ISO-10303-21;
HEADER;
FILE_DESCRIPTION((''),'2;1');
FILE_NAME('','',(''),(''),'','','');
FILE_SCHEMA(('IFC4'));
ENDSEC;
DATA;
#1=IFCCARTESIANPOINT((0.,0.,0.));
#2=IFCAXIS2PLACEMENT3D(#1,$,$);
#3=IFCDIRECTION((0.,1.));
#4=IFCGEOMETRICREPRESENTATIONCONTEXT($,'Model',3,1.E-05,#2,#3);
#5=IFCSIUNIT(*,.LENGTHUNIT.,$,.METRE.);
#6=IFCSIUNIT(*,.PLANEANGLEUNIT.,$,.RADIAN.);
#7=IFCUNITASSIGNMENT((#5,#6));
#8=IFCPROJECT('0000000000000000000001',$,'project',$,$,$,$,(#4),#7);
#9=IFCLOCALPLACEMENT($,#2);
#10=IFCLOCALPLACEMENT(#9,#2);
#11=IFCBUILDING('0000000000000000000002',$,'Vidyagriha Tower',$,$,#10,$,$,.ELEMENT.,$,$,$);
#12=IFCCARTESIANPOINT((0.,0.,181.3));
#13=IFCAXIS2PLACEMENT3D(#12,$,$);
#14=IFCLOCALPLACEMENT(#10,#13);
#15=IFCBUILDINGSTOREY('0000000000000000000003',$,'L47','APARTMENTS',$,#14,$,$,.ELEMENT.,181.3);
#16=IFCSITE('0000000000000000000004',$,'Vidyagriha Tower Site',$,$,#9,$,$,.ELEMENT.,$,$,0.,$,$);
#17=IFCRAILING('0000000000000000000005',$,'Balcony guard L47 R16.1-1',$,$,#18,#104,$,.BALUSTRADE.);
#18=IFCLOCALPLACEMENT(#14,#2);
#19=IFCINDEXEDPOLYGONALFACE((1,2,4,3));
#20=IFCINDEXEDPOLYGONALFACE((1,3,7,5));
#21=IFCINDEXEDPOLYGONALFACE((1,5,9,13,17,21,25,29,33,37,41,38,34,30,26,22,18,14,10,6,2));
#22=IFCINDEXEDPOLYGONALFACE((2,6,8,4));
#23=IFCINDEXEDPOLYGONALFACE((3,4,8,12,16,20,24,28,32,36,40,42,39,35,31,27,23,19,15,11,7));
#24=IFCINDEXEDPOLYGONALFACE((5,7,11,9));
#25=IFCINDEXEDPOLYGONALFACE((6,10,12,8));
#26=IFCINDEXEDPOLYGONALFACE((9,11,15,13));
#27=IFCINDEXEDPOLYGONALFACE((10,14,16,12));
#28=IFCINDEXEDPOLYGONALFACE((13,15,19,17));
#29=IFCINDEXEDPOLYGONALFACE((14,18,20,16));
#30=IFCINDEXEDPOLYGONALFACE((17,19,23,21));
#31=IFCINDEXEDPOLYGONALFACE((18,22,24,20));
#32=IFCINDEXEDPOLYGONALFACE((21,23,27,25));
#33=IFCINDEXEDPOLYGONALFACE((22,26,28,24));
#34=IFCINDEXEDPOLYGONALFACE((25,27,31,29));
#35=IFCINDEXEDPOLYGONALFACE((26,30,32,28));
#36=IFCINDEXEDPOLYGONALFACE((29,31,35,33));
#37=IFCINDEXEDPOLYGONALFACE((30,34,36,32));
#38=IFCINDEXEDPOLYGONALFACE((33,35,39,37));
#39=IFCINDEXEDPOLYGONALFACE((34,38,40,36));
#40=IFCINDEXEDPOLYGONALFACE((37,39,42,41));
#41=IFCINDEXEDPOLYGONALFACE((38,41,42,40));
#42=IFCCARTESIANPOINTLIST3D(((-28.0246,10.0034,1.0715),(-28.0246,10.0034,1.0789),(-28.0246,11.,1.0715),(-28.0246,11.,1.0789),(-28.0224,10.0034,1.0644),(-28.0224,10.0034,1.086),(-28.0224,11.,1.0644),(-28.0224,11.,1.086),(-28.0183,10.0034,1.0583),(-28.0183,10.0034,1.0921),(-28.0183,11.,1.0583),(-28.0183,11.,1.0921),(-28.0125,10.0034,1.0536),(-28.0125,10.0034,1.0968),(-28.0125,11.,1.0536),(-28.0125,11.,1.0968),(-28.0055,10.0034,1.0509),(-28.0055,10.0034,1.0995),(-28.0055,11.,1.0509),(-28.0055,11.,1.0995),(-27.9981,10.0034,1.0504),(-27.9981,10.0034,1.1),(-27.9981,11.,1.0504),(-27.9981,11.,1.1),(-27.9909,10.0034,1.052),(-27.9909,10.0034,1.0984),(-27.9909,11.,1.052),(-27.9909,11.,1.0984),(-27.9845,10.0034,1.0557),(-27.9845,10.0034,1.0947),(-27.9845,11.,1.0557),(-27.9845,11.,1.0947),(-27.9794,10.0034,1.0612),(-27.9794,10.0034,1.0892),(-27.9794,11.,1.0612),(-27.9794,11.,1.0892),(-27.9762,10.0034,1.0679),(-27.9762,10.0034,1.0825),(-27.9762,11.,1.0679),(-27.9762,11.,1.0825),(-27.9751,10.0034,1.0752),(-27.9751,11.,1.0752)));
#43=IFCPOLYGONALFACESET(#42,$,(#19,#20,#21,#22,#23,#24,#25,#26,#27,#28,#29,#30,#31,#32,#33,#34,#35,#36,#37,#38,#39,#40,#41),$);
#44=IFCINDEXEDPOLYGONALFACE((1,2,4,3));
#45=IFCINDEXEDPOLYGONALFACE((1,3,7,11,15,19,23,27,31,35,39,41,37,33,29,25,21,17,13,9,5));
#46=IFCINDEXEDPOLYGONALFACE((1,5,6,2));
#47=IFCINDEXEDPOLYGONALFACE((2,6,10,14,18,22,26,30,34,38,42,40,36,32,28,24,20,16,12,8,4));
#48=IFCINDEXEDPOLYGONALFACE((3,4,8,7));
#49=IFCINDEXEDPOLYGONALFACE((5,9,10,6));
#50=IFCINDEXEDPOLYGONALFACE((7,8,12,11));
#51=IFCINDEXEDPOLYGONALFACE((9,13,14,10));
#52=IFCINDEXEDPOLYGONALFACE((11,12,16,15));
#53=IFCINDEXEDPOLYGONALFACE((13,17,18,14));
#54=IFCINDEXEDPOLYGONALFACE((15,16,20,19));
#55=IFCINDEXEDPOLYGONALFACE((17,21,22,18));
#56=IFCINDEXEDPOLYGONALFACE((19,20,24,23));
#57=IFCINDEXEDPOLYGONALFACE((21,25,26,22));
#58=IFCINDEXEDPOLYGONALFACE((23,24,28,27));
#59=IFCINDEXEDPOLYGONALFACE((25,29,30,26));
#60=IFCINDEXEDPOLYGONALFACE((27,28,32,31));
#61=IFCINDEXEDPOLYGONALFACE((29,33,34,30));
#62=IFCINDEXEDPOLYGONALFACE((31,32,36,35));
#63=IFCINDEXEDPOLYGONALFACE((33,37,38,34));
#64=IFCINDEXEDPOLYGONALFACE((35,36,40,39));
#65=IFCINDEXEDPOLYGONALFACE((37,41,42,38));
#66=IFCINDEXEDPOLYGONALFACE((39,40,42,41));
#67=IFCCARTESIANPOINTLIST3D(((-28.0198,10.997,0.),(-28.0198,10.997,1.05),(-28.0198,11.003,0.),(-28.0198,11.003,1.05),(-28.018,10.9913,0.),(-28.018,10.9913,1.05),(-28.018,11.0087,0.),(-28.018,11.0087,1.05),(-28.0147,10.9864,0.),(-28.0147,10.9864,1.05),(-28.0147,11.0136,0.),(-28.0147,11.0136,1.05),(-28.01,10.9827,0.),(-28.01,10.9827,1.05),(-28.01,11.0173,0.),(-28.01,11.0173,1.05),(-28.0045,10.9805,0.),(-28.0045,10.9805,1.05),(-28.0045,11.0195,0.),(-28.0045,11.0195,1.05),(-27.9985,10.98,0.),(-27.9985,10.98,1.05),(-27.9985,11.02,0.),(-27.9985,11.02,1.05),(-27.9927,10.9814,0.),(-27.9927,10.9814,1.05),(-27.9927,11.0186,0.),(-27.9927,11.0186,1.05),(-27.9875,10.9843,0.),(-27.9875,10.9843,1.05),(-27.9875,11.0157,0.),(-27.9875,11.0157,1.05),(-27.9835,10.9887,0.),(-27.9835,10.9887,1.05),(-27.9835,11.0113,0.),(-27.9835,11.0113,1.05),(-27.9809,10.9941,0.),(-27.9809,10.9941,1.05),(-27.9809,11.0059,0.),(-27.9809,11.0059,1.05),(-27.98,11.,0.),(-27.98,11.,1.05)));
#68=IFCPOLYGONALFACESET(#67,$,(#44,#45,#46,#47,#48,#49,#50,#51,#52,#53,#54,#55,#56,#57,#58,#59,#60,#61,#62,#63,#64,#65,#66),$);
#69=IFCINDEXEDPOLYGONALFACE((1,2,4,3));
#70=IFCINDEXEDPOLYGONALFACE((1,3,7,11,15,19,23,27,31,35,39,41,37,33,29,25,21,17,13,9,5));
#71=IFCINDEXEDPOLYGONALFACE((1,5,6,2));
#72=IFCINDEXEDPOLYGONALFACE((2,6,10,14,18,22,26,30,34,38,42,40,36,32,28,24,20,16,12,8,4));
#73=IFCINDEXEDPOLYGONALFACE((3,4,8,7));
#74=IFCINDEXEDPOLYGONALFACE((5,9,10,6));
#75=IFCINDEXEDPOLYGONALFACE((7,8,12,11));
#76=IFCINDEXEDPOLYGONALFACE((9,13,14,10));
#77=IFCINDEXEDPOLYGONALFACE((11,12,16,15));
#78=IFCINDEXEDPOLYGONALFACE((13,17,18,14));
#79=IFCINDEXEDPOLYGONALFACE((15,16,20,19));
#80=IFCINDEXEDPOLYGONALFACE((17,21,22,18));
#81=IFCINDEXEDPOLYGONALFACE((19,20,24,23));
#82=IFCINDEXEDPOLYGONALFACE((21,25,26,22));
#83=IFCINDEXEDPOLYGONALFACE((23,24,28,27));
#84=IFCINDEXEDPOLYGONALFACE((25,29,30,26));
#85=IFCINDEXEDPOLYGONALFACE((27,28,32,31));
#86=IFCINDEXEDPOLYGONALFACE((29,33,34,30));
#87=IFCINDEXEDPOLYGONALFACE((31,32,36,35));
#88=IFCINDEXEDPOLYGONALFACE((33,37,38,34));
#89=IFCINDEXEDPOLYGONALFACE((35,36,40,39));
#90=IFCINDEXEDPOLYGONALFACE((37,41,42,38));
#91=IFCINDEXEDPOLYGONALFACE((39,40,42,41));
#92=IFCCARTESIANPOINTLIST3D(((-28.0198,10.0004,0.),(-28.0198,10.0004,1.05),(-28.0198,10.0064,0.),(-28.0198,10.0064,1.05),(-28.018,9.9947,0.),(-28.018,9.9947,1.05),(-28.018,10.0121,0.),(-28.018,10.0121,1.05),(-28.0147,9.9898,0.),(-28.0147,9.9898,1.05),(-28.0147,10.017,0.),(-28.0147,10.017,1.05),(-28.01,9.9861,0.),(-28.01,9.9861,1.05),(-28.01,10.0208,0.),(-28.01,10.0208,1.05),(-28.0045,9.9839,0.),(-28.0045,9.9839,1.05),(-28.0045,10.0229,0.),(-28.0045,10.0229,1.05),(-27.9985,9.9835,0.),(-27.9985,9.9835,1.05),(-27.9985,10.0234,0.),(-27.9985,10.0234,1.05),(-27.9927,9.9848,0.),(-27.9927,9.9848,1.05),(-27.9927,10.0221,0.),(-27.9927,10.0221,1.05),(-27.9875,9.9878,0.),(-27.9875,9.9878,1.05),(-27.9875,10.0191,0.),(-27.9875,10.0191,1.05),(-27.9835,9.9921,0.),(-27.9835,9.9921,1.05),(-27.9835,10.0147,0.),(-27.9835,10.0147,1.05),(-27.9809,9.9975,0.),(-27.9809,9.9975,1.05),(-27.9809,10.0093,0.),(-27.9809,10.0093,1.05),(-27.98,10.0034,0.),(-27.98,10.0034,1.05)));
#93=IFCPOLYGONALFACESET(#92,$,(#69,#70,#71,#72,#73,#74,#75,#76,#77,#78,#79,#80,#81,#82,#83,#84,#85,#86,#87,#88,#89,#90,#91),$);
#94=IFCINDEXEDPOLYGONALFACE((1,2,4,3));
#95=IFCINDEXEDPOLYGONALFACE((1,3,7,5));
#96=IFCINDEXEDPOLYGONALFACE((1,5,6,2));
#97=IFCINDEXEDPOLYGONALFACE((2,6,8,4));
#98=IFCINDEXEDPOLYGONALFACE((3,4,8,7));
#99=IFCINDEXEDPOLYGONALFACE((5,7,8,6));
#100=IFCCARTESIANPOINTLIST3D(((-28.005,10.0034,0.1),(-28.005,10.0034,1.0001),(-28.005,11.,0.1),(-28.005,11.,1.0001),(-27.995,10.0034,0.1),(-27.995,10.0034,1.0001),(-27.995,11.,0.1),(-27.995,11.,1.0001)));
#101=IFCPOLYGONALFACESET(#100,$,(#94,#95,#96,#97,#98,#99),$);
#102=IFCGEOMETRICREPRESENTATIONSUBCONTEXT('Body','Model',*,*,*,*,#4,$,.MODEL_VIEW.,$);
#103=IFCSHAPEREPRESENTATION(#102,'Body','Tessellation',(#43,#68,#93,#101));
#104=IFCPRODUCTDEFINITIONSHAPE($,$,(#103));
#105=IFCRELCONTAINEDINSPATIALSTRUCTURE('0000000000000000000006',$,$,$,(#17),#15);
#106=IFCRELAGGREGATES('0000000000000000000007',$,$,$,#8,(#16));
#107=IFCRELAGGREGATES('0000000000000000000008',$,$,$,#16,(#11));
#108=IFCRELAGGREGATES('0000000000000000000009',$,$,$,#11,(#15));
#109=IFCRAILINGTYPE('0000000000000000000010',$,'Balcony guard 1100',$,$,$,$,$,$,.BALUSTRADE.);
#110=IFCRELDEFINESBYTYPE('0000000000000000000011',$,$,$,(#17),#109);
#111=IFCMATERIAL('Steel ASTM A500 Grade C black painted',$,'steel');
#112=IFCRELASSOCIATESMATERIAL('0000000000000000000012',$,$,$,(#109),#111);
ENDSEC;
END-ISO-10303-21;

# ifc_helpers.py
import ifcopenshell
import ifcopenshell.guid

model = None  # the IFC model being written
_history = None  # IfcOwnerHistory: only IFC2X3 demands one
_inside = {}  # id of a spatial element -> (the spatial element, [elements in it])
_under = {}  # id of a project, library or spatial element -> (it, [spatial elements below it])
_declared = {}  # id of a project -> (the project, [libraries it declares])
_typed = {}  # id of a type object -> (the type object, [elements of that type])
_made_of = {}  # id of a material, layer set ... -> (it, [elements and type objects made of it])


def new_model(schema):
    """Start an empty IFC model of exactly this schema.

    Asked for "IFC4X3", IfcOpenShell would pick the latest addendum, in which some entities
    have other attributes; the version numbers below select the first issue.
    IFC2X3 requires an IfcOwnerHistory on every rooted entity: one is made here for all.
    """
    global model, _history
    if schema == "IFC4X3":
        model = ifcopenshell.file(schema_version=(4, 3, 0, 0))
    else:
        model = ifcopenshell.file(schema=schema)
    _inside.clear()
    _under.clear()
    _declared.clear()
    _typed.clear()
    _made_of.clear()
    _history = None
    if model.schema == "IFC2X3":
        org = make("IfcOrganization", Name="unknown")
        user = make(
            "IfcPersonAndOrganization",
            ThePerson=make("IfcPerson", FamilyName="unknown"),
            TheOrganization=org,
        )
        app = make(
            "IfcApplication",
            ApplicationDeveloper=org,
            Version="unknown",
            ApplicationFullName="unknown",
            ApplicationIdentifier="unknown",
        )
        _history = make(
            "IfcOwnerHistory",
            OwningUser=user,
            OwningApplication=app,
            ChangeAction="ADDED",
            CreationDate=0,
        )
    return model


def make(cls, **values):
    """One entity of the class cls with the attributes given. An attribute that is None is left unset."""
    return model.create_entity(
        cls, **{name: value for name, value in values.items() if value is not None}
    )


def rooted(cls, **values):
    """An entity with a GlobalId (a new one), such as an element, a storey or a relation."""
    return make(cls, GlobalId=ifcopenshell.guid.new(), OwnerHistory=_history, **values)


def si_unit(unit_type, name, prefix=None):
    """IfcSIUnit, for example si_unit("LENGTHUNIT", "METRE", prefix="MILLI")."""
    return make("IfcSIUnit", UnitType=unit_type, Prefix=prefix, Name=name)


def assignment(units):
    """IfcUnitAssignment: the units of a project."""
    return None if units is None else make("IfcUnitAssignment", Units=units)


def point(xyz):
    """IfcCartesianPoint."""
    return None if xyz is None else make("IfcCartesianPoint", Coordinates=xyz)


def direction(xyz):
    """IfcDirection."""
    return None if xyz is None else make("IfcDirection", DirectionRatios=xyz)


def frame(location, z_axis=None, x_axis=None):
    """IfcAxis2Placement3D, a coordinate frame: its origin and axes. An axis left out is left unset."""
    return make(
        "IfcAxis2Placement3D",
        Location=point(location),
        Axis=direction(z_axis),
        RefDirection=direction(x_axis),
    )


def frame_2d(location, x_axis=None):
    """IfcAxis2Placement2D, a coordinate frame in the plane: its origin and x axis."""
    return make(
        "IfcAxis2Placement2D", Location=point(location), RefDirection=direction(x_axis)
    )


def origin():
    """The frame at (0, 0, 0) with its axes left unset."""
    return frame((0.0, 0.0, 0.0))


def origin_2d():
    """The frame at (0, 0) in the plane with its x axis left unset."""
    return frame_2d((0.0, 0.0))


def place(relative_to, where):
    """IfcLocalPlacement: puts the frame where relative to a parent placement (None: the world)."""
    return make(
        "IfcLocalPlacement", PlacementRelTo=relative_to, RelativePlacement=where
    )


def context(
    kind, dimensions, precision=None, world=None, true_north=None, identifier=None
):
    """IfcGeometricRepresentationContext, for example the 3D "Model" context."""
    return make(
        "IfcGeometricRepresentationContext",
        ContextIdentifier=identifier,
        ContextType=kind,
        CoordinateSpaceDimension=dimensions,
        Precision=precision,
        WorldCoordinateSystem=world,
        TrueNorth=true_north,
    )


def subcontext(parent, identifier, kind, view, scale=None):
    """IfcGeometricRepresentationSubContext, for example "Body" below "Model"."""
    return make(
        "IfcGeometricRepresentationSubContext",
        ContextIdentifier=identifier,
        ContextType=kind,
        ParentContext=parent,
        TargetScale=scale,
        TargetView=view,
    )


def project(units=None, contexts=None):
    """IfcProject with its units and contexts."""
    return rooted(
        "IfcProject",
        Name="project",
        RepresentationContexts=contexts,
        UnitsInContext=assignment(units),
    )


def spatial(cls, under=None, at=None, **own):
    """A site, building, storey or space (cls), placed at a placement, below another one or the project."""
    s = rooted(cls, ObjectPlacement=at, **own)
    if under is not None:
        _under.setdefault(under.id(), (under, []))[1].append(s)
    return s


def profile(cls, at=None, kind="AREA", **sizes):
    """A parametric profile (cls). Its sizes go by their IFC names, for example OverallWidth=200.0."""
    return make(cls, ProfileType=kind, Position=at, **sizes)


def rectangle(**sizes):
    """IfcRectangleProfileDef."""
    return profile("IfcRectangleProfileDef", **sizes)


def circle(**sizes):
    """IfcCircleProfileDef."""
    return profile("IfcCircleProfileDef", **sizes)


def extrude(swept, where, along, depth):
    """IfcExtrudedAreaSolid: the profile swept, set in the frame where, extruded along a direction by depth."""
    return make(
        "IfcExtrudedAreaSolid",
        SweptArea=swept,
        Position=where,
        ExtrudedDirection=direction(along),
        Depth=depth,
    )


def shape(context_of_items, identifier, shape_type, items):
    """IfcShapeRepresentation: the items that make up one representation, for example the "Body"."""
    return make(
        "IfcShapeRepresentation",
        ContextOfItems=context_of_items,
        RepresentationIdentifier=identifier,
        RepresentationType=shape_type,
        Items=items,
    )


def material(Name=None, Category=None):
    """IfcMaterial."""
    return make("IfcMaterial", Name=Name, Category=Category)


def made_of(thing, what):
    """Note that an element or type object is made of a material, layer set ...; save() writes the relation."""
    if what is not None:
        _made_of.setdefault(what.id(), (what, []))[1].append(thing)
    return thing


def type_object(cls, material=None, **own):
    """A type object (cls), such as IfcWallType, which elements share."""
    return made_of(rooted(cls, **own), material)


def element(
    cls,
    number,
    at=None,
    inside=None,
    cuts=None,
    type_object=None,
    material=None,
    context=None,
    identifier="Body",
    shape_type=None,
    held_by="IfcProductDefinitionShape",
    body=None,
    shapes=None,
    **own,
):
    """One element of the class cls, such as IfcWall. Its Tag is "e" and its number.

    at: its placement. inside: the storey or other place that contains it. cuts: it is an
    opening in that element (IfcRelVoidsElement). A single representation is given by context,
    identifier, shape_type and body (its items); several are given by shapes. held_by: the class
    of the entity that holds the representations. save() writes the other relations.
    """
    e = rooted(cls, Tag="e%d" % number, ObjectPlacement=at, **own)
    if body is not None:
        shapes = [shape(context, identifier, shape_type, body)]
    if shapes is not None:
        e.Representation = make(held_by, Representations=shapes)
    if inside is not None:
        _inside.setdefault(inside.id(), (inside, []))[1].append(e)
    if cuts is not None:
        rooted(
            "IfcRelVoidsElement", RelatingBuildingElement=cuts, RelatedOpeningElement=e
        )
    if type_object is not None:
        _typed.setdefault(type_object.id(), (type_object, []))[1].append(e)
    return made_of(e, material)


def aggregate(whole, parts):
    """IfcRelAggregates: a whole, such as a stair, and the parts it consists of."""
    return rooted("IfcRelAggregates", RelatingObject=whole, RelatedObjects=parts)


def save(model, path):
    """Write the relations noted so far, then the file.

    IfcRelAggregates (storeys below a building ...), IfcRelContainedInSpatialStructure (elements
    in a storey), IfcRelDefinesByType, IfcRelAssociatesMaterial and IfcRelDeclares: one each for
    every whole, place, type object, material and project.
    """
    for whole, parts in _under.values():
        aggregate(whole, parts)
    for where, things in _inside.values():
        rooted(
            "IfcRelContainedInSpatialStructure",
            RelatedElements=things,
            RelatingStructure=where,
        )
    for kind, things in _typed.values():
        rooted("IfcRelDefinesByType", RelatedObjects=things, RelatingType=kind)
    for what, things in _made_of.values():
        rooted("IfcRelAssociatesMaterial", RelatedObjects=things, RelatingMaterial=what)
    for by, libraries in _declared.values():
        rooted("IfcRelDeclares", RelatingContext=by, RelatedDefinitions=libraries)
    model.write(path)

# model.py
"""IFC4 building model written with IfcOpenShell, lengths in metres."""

from ifc_helpers import new_model, si_unit, direction, frame, origin, origin_2d, place, context, subcontext, project, spatial, rectangle, circle, extrude, material, type_object, element, save


model = new_model("IFC4")

# Units and contexts
model_context = context("Model", 3, precision=1e-05, world=origin(), true_north=direction((0.0, 1.0)))
body_context = subcontext(model_context, "Body", "Model", "MODEL_VIEW")
ifc_project = project(units=[si_unit("LENGTHUNIT", "METRE"), si_unit("PLANEANGLEUNIT", "RADIAN")], contexts=[model_context])

# Site, building, storey
site_placement = place(None, origin())
site = spatial("IfcSite", under=ifc_project, at=site_placement, Name="Vidyagriha Tower Site", CompositionType="ELEMENT", RefElevation=0.0)
building_placement = place(site_placement, origin())
building = spatial("IfcBuilding", under=site, at=building_placement, Name="Vidyagriha Tower", CompositionType="ELEMENT")
storey_placement = place(building_placement, frame((0.0, 0.0, 181.3)))
storey = spatial("IfcBuildingStorey", under=building, at=storey_placement, Name="L47", Description="APARTMENTS", CompositionType="ELEMENT", Elevation=181.3)

# Railing
ifc_material_1 = material(Name="Steel ASTM A500 Grade C black painted", Category="steel")
railing_type = type_object("IfcRailingType", Name="Balcony guard 1100", PredefinedType="BALUSTRADE", material=ifc_material_1)
railing_1_placement = place(storey_placement, frame((-28.0, 11.0, 0.0)))
element("IfcRailing", 1, at=railing_1_placement, inside=storey, type_object=railing_type, Name="Balcony guard L47 R16.1-1", PredefinedType="BALUSTRADE", context=body_context, shape_type="SweptSolid", body=[
    extrude(circle(Radius=0.0249, at=origin_2d()), frame((0.0, 0.0, 1.0752), z_axis=(0.0, -1.0, 0.0), x_axis=(1.0, 0.0, 0.0)), (0.0, 0.0, 1.0), 0.9966),
    extrude(circle(Radius=0.02, at=origin_2d()), origin(), (0.0, 0.0, 1.0), 1.05),
    extrude(circle(Radius=0.02, at=origin_2d()), frame((0.0, -0.9966, 0.0)), (0.0, 0.0, 1.0), 1.05),
    extrude(rectangle(XDim=0.01, YDim=0.9001, at=origin_2d()), frame((0.0, 0.0, 0.55), z_axis=(0.0, -1.0, 0.0), x_axis=(1.0, 0.0, 0.0)), (0.0, 0.0, 1.0), 0.9966),
])

save(model, "model.ifc")
